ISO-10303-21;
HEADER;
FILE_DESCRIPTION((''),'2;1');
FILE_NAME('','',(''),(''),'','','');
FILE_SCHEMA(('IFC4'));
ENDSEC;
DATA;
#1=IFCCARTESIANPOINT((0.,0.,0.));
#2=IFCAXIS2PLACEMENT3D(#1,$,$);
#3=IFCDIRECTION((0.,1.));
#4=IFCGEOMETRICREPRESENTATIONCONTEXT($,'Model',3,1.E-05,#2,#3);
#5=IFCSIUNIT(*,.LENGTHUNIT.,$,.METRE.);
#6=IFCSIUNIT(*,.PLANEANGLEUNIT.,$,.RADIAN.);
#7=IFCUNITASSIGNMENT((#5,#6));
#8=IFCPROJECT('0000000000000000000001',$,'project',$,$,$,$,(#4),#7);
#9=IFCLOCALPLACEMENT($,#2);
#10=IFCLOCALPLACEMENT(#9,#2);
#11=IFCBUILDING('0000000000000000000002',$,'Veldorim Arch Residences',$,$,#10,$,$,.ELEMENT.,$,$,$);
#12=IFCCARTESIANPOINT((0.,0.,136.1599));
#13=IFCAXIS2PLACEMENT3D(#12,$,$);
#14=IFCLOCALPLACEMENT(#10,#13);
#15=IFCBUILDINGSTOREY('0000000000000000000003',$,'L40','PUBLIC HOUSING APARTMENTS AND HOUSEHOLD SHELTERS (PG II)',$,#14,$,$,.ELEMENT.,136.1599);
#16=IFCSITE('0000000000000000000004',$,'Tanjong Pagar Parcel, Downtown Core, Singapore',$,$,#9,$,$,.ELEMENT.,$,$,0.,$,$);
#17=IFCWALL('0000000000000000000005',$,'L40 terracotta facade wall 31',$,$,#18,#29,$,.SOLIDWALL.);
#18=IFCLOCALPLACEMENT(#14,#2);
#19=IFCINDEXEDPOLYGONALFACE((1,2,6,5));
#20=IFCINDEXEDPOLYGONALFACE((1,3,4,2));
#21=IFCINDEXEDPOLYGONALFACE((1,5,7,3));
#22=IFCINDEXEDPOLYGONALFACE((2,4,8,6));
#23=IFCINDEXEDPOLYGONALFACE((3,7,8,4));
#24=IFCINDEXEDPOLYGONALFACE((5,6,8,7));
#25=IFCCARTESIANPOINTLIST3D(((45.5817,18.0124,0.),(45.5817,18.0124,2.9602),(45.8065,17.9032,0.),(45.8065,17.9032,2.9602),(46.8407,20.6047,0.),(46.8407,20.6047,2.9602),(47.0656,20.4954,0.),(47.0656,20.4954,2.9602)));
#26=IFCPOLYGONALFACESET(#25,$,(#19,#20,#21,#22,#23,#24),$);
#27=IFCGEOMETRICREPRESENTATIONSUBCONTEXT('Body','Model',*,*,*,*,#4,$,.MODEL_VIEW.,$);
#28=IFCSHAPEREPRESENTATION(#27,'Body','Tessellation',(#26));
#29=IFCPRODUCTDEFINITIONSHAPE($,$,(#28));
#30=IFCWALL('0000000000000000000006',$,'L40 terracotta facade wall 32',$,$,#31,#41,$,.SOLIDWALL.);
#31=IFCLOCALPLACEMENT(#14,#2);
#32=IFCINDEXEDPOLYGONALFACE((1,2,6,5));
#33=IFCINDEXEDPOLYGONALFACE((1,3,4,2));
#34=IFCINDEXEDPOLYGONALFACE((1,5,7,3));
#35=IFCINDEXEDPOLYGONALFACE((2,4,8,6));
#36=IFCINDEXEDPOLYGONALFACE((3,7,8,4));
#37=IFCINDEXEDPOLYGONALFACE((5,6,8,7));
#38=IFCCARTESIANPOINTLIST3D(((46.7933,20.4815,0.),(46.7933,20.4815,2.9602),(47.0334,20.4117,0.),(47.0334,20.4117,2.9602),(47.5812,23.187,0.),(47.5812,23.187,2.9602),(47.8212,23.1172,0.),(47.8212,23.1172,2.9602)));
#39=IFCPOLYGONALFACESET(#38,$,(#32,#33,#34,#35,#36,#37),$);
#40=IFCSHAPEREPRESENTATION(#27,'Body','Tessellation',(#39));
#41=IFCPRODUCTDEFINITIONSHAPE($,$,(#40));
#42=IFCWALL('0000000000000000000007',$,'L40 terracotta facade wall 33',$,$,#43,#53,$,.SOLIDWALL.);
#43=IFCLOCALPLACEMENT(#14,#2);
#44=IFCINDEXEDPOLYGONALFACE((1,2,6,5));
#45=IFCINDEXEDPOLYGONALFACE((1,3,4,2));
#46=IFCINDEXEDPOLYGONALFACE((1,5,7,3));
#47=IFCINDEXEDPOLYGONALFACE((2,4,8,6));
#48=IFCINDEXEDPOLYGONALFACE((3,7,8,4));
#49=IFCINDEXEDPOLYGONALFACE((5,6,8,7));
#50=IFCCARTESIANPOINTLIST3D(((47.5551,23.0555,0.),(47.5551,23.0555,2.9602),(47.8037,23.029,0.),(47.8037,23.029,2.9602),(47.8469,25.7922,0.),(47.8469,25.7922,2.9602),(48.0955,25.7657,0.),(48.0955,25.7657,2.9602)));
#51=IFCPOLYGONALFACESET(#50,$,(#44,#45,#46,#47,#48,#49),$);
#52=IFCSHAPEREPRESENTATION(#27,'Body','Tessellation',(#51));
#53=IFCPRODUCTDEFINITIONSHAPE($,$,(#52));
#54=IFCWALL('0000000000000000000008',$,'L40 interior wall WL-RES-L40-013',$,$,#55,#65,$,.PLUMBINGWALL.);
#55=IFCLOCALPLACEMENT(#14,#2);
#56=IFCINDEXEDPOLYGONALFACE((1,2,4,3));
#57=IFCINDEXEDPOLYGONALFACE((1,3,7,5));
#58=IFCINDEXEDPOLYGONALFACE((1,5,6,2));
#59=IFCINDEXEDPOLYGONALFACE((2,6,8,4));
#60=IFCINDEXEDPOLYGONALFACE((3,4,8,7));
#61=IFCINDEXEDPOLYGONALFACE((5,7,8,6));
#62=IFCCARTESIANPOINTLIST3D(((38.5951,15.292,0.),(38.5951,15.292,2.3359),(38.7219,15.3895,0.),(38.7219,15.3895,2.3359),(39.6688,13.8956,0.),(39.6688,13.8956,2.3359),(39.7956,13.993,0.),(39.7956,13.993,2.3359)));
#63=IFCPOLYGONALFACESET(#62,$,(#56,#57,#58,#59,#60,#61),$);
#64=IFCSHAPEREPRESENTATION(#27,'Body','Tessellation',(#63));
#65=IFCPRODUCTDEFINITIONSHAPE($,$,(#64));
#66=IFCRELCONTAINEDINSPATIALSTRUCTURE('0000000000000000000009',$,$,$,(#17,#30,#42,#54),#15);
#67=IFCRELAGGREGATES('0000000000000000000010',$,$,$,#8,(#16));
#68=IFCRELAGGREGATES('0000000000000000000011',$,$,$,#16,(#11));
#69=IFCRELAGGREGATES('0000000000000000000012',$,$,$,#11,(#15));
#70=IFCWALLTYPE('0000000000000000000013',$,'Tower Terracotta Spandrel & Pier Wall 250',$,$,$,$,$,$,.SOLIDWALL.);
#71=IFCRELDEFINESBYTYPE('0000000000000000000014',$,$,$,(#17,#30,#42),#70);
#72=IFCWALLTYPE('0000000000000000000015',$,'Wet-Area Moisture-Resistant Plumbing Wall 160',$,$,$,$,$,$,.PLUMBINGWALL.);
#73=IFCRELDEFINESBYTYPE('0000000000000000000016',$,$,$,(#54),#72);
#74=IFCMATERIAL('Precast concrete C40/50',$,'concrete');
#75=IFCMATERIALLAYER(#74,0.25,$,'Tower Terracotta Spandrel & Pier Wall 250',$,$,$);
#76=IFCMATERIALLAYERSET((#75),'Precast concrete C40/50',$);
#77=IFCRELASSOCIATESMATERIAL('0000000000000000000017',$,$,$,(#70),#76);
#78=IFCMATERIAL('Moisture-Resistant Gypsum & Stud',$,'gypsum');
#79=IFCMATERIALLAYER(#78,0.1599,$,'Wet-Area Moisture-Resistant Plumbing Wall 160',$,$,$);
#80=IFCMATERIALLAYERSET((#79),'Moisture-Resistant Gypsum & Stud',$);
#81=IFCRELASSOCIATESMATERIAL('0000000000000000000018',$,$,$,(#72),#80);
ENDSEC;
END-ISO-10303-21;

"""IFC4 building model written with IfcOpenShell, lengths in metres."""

from ifc_helpers import new_model, si_unit, direction, frame, frame_2d, origin, place, context, subcontext, project, spatial, rectangle, extrude, material, layer, layer_set, type_object, element, save


model = new_model("IFC4")

# Units and contexts
model_context = context("Model", 3, precision=1e-05, world=origin(), true_north=direction((0.0, 1.0)))
body_context = subcontext(model_context, "Body", "Model", "MODEL_VIEW")
ifc_project = project(units=[si_unit("LENGTHUNIT", "METRE"), si_unit("PLANEANGLEUNIT", "RADIAN")], contexts=[model_context])

# Site, building, storey
site_placement = place(None, origin())
site = spatial("IfcSite", under=ifc_project, at=site_placement, Name="Tanjong Pagar Parcel, Downtown Core, Singapore", CompositionType="ELEMENT", RefElevation=0.0)
building_placement = place(site_placement, origin())
building = spatial("IfcBuilding", under=site, at=building_placement, Name="Veldorim Arch Residences", CompositionType="ELEMENT")
storey_placement = place(building_placement, frame((0.0, 0.0, 136.1599)))
storey = spatial("IfcBuildingStorey", under=building, at=storey_placement, Name="L40", Description="PUBLIC HOUSING APARTMENTS AND HOUSEHOLD SHELTERS (PG II)", CompositionType="ELEMENT", Elevation=136.1599)

# Shared definitions
ifc_material_1 = material(Name="Precast concrete C40/50", Category="concrete")
ifc_layer_1 = layer(ifc_material_1, 0.25, Name="Tower Terracotta Spandrel & Pier Wall 250")
ifc_layer_set_1 = layer_set([ifc_layer_1], Name="Precast concrete C40/50")
wall_type_1 = type_object("IfcWallType", Name="Tower Terracotta Spandrel & Pier Wall 250", PredefinedType="SOLIDWALL", material=ifc_layer_set_1)

# Walls
wall_1_placement = place(storey_placement, frame((46.9531, 20.55, 0.0), z_axis=(0.0, 0.0, 1.0), x_axis=(-0.436882, -0.899519, 0.0)))
element("IfcWall", 1, at=wall_1_placement, inside=storey, type_object=wall_type_1, Name="L40 terracotta facade wall 31", PredefinedType="SOLIDWALL", context=body_context, shape_type="SweptSolid", body=[
    extrude(rectangle(XDim=2.8818, YDim=0.25, at=frame_2d((1.4409, 0.0))), origin(), (0.0, 0.0, 1.0), 2.9602),
])
wall_2_placement = place(storey_placement, frame((47.7012, 23.1521, 0.0), z_axis=(0.0, 0.0, 1.0), x_axis=(-0.279581, -0.960122, 0.0)))
element("IfcWall", 2, at=wall_2_placement, inside=storey, type_object=wall_type_1, Name="L40 terracotta facade wall 32", PredefinedType="SOLIDWALL", context=body_context, shape_type="SweptSolid", body=[
    extrude(rectangle(XDim=2.8179, YDim=0.25, at=frame_2d((1.4089, 0.0))), origin(), (0.0, 0.0, 1.0), 2.9602),
])
wall_3_placement = place(storey_placement, frame((47.9712, 25.7788, 0.0), z_axis=(0.0, 0.0, 1.0), x_axis=(-0.10601, -0.994365, 0.0)))
element("IfcWall", 3, at=wall_3_placement, inside=storey, type_object=wall_type_1, Name="L40 terracotta facade wall 33", PredefinedType="SOLIDWALL", context=body_context, shape_type="SweptSolid", body=[
    extrude(rectangle(XDim=2.7522, YDim=0.25, at=frame_2d((1.376, 0.0))), origin(), (0.0, 0.0, 1.0), 2.9602),
])
ifc_material_2 = material(Name="Moisture-Resistant Gypsum & Stud", Category="gypsum")
ifc_layer_2 = layer(ifc_material_2, 0.1599, Name="Wet-Area Moisture-Resistant Plumbing Wall 160")
ifc_layer_set_2 = layer_set([ifc_layer_2], Name="Moisture-Resistant Gypsum & Stud")
wall_type_2 = type_object("IfcWallType", Name="Wet-Area Moisture-Resistant Plumbing Wall 160", PredefinedType="PLUMBINGWALL", material=ifc_layer_set_2)
wall_4_placement = place(storey_placement, frame((38.6584, 15.3408, 0.0), z_axis=(0.0, 0.0, 1.0), x_axis=(0.609537, -0.792758, 0.0)))
element("IfcWall", 4, at=wall_4_placement, inside=storey, type_object=wall_type_2, Name="L40 interior wall WL-RES-L40-013", PredefinedType="PLUMBINGWALL", context=body_context, shape_type="SweptSolid", body=[
    extrude(rectangle(XDim=1.7615, YDim=0.1599, at=frame_2d((0.8809, 0.0))), origin(), (0.0, 0.0, 1.0), 2.3359),
])

save(model, "model.ifc")
